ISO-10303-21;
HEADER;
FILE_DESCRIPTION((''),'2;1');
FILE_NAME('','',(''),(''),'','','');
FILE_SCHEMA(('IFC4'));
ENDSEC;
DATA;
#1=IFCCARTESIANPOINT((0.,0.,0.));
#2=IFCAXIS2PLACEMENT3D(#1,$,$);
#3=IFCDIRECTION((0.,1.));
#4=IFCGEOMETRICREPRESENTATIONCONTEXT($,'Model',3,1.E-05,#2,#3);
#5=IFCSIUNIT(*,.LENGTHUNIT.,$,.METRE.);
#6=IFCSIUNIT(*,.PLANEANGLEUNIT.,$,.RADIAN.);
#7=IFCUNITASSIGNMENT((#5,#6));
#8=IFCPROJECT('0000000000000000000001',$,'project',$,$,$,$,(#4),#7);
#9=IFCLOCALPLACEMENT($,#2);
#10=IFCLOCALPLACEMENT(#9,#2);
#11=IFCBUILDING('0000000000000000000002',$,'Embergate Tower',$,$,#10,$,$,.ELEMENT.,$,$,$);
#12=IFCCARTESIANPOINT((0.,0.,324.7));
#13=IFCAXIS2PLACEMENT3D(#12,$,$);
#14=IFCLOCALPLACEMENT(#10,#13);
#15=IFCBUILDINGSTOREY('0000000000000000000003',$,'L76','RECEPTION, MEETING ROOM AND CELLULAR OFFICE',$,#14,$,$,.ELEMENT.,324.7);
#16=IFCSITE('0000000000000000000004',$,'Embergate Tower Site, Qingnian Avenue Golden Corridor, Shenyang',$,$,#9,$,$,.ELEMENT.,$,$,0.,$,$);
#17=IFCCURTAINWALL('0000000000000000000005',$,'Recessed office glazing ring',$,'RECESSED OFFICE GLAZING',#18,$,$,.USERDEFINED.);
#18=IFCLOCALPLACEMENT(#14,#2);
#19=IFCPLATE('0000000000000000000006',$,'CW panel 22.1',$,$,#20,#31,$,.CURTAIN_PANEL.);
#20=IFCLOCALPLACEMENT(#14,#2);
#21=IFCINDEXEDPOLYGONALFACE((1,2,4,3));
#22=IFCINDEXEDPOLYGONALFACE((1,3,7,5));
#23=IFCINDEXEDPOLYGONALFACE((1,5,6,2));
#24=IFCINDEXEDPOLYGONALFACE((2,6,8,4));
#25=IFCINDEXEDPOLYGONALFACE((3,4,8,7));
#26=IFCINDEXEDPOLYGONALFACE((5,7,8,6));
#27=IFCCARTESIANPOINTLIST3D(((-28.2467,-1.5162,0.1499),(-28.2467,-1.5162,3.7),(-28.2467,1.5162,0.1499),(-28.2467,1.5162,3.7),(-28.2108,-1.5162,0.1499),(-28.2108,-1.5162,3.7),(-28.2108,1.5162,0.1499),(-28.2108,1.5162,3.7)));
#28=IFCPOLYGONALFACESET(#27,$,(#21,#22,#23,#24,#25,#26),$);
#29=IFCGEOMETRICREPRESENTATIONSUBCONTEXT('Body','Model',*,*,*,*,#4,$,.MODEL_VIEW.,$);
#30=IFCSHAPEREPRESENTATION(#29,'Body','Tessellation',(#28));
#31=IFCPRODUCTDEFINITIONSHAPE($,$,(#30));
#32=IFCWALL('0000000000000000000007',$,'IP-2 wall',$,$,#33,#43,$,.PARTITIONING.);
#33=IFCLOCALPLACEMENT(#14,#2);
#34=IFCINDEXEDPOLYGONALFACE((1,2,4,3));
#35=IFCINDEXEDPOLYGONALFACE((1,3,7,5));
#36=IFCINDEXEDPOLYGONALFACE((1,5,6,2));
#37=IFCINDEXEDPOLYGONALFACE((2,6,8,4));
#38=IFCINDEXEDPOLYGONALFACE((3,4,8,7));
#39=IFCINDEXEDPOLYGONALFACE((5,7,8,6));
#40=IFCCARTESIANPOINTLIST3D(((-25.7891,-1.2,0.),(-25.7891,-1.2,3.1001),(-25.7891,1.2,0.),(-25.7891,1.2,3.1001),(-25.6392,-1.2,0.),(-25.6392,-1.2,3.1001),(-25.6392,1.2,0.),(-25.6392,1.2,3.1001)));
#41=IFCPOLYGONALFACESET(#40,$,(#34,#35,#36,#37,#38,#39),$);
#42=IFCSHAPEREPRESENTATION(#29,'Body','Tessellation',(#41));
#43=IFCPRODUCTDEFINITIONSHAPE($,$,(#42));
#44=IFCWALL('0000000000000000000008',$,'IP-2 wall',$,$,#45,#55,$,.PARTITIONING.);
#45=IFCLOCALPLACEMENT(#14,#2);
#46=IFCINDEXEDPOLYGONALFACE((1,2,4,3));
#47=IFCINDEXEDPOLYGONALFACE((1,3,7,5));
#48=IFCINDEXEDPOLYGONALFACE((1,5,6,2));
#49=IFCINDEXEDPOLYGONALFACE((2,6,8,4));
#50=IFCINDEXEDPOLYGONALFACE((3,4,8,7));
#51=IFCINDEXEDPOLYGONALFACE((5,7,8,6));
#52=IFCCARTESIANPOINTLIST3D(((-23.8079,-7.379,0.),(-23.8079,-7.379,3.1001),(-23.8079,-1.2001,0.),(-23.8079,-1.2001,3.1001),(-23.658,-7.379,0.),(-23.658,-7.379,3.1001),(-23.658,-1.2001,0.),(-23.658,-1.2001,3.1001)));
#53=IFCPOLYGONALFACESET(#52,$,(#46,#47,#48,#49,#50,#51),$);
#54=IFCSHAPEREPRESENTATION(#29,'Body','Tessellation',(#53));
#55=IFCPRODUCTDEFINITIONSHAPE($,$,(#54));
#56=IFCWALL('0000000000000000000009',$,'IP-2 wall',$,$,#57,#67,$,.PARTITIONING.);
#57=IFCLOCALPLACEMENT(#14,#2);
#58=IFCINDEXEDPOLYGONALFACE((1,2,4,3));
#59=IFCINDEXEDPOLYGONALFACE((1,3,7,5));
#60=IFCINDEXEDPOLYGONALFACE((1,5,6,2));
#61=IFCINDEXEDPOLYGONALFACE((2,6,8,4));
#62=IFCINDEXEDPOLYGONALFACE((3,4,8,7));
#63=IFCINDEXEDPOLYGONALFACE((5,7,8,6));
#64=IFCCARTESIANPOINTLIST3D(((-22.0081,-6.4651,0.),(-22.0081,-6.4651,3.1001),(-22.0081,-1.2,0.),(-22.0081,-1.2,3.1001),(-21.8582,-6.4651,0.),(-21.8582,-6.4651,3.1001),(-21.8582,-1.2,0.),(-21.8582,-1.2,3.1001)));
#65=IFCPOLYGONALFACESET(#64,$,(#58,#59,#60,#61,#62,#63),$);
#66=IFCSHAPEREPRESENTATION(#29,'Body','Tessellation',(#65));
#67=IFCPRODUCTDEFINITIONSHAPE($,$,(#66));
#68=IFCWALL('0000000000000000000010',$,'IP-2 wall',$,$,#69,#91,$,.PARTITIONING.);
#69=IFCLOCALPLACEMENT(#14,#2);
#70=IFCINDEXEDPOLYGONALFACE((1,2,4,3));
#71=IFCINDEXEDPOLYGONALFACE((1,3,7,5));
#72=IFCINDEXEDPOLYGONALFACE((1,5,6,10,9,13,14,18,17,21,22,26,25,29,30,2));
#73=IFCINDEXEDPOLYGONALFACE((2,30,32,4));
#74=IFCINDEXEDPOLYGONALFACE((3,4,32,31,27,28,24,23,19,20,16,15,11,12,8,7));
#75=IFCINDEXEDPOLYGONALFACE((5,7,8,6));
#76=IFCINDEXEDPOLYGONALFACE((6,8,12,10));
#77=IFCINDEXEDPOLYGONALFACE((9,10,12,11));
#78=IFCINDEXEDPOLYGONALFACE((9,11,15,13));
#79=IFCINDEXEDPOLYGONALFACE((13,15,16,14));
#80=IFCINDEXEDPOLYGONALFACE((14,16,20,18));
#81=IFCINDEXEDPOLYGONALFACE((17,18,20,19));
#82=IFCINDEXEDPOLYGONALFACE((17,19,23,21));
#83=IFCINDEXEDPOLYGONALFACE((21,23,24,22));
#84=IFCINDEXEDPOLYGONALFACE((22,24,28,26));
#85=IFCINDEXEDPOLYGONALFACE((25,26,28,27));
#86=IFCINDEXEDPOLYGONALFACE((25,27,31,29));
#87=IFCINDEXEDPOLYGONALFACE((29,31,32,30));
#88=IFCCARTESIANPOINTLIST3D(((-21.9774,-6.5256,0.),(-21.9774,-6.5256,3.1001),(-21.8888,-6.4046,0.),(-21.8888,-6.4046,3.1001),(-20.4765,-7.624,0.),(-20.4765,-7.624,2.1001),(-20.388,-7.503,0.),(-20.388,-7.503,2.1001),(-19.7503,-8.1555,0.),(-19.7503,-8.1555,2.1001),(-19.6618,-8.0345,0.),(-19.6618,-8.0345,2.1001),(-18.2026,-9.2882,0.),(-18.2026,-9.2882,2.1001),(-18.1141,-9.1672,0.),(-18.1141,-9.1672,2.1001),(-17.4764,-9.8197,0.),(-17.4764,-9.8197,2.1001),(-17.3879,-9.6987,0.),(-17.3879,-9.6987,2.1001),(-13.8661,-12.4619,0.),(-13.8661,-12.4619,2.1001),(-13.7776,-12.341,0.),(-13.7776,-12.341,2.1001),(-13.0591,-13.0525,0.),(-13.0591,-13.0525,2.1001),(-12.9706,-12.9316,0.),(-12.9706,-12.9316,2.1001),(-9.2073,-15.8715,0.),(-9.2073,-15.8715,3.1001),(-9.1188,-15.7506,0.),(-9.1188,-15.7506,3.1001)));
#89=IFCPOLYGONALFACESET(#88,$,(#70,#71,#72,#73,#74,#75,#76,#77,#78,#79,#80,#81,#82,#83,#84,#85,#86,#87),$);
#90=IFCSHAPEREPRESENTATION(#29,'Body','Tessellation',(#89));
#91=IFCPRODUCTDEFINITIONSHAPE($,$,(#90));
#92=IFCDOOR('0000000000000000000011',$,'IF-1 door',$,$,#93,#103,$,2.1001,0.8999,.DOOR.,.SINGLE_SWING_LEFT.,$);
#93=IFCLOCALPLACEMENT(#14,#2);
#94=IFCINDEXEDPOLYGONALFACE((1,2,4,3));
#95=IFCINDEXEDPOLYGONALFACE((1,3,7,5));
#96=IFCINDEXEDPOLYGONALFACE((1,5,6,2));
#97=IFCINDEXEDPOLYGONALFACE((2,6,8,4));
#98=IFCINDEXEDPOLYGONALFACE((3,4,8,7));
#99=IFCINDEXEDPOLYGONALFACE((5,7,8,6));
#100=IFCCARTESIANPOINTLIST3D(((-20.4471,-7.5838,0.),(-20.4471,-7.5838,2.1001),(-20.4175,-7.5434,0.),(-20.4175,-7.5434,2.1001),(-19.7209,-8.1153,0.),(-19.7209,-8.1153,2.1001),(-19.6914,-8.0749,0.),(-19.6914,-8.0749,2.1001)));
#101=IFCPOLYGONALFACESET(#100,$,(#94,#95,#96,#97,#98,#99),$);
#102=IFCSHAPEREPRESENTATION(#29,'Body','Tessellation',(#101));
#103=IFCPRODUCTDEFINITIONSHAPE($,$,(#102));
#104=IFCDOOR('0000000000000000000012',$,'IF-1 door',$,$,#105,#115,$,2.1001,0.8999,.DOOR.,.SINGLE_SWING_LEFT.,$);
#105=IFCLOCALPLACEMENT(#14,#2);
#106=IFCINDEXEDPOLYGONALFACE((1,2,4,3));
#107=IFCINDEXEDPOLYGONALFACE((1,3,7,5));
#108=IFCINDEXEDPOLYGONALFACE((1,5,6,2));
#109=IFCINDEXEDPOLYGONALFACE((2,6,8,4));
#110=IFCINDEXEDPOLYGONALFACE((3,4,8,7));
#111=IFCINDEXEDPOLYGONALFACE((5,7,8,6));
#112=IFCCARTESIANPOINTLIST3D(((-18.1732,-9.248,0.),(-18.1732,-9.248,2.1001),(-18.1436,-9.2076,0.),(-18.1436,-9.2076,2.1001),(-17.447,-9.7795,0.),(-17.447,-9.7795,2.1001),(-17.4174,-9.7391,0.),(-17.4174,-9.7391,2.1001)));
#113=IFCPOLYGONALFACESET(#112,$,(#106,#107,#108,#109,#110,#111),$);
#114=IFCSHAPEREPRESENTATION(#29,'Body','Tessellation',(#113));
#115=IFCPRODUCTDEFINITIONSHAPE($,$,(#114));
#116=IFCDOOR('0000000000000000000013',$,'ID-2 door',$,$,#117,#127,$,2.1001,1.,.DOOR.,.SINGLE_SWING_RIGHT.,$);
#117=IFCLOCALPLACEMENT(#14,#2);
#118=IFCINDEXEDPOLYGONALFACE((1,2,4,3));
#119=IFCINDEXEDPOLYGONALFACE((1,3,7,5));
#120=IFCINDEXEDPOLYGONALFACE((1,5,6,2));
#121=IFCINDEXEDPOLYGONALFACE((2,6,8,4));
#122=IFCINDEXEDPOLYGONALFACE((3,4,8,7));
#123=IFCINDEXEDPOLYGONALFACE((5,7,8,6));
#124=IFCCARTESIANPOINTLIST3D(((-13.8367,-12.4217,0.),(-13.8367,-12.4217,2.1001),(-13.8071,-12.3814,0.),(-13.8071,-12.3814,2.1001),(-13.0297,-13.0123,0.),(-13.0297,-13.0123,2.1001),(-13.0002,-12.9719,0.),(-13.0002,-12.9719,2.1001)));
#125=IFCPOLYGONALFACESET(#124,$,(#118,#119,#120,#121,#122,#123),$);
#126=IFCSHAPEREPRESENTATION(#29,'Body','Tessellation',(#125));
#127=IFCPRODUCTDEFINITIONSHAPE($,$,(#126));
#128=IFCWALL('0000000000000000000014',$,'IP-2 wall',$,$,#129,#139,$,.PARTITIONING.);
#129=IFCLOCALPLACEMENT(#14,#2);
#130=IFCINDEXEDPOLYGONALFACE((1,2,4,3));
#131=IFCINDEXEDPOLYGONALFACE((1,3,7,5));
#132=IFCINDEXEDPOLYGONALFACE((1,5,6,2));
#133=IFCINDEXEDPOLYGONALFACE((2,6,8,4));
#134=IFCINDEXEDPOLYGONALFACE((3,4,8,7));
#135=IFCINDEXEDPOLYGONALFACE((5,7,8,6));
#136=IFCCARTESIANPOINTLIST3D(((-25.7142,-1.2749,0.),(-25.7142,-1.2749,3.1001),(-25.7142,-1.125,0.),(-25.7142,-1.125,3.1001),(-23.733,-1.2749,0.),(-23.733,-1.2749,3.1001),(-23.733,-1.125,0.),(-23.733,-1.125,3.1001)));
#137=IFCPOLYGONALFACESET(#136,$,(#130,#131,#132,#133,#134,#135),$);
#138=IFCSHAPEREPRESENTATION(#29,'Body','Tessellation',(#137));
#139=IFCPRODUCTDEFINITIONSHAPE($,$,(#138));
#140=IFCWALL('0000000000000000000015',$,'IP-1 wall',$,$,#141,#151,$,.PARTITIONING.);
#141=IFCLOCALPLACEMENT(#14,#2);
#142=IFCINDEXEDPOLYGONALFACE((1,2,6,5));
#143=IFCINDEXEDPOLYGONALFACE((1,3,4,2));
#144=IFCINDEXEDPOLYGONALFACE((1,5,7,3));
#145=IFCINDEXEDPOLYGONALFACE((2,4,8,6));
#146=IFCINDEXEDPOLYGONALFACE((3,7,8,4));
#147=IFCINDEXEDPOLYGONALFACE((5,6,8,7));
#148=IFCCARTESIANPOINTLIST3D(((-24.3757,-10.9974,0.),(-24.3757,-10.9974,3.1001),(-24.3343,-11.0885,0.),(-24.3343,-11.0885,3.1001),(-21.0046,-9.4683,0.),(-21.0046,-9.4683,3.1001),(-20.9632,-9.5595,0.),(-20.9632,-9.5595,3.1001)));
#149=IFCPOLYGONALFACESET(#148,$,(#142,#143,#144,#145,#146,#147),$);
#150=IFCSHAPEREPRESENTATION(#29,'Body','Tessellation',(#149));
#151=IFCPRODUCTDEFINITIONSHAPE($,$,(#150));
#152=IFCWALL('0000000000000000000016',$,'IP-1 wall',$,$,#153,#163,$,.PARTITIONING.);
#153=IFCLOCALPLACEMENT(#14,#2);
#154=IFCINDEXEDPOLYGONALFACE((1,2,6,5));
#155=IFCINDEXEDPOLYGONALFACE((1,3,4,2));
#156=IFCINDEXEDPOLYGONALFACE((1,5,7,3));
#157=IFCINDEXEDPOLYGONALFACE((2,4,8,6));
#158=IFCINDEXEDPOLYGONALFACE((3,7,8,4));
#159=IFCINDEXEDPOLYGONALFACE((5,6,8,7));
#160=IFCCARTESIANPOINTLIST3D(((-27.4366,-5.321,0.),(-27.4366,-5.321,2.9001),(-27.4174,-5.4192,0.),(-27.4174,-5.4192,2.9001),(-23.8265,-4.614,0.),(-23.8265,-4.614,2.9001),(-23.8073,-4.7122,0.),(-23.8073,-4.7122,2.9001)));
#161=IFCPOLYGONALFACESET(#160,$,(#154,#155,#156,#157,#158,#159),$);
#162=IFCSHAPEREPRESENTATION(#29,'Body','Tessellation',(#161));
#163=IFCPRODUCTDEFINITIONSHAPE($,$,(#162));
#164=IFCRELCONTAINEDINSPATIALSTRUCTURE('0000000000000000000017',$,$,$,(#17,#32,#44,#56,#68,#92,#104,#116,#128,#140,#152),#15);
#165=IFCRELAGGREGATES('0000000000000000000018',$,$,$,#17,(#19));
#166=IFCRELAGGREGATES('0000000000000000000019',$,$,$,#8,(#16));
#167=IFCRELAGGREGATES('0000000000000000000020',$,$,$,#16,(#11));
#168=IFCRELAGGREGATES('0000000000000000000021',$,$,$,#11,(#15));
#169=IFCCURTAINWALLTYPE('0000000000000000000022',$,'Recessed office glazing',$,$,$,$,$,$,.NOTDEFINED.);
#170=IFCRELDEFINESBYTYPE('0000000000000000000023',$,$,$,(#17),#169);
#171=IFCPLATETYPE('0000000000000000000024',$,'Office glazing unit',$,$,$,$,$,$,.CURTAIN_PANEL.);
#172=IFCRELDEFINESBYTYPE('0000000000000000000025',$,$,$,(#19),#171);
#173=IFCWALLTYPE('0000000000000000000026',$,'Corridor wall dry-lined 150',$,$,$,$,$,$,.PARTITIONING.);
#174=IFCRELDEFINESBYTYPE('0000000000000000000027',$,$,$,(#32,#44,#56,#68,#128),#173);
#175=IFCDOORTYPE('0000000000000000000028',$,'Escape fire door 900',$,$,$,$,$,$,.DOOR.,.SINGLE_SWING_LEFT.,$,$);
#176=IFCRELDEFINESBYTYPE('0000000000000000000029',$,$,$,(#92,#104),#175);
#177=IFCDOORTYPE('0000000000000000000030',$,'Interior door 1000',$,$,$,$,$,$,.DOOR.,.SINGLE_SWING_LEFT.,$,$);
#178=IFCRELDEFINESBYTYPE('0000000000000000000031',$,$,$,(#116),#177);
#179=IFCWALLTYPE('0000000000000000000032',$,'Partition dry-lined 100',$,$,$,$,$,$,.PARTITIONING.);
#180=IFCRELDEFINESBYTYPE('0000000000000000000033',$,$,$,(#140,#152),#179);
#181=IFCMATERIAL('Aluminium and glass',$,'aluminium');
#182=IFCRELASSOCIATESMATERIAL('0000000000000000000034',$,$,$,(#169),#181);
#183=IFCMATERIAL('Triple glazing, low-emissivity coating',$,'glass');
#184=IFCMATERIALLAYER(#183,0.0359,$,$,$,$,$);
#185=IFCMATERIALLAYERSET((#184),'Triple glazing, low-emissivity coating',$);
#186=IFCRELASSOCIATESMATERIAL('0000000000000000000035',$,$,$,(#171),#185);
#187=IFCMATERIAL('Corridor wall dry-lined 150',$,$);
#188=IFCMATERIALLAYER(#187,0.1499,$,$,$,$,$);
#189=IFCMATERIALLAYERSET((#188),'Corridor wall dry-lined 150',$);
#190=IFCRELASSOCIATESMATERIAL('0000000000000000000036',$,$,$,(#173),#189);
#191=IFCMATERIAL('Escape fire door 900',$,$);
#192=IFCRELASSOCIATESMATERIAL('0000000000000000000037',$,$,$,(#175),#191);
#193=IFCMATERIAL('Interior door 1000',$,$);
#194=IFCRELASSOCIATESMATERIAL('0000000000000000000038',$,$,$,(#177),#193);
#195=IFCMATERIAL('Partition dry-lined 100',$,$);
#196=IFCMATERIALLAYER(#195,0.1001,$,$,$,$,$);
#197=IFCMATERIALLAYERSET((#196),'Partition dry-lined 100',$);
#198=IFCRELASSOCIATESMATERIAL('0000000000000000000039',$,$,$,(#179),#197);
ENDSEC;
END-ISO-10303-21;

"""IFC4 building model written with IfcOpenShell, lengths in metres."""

from ifc_helpers import new_model, si_unit, direction, frame, frame_2d, origin, origin_2d, place, context, subcontext, project, spatial, rectangle, extrude, source, transform, mapped, material, layer, layer_set, type_object, element, fill, aggregate, save


model = new_model("IFC4")

# Units and contexts
model_context = context("Model", 3, precision=1e-05, world=origin(), true_north=direction((0.0, 1.0)))
body_context = subcontext(model_context, "Body", "Model", "MODEL_VIEW")
ifc_project = project(units=[si_unit("LENGTHUNIT", "METRE"), si_unit("PLANEANGLEUNIT", "RADIAN")], contexts=[model_context])

# Site, building, storey
site_placement = place(None, origin())
site = spatial("IfcSite", under=ifc_project, at=site_placement, Name="Embergate Tower Site, Qingnian Avenue Golden Corridor, Shenyang", CompositionType="ELEMENT", RefElevation=0.0)
building_placement = place(site_placement, origin())
building = spatial("IfcBuilding", under=site, at=building_placement, Name="Embergate Tower", CompositionType="ELEMENT")
storey_placement = place(building_placement, frame((0.0, 0.0, 324.7)))
storey = spatial("IfcBuildingStorey", under=building, at=storey_placement, Name="L76", Description="RECEPTION, MEETING ROOM AND CELLULAR OFFICE", CompositionType="ELEMENT", Elevation=324.7)

# Curtain wall, plate
ifc_material_1 = material(Name="Aluminium and glass", Category="aluminium")
curtain_wall_type = type_object("IfcCurtainWallType", Name="Recessed office glazing", PredefinedType="NOTDEFINED", material=ifc_material_1)
curtain_wall_placement = place(storey_placement, origin())
curtain_wall = element("IfcCurtainWall", 1, at=curtain_wall_placement, inside=storey, type_object=curtain_wall_type, Name="Recessed office glazing ring", ObjectType="RECESSED OFFICE GLAZING", PredefinedType="USERDEFINED")
ifc_material_2 = material(Name="Triple glazing, low-emissivity coating", Category="glass")
ifc_layer_1 = layer(ifc_material_2, 0.0359)
ifc_layer_set_1 = layer_set([ifc_layer_1], Name="Triple glazing, low-emissivity coating")
plate_type = type_object("IfcPlateType", Name="Office glazing unit", PredefinedType="CURTAIN_PANEL", material=ifc_layer_set_1)
shared_shape_1 = source(origin(), body_context, "Body", "SweptSolid", [
    extrude(rectangle(XDim=3.0325, YDim=0.0359, at=origin_2d()), origin(), (0.0, 0.0, 1.0), 3.55),
])
plate_1_placement = place(storey_placement, frame((-28.2288, 0.0, 0.1499), z_axis=(0.0, 0.0, 1.0), x_axis=(0.0, -1.0, 0.0)))
plate_1 = element("IfcPlate", 2, at=plate_1_placement, type_object=plate_type, Name="CW panel 22.1", PredefinedType="CURTAIN_PANEL", context=body_context, shape_type="MappedRepresentation", body=[
    mapped(shared_shape_1, transform((0.0, 0.0, 0.0))),
])
aggregate(curtain_wall, [plate_1])

# Walls
ifc_material_3 = material(Name="Corridor wall dry-lined 150")
ifc_layer_2 = layer(ifc_material_3, 0.1499)
ifc_layer_set_2 = layer_set([ifc_layer_2], Name="Corridor wall dry-lined 150")
wall_type_1 = type_object("IfcWallType", Name="Corridor wall dry-lined 150", PredefinedType="PARTITIONING", material=ifc_layer_set_2)
shared_shape_2 = source(origin(), body_context, "Body", "SweptSolid", [
    extrude(rectangle(XDim=2.3999, YDim=0.1499, at=frame_2d((1.2, 0.0))), origin(), (0.0, 0.0, 1.0), 3.1001),
])
wall_1_placement = place(storey_placement, frame((-25.7141, -1.2, 0.0), z_axis=(0.0, 0.0, 1.0), x_axis=(0.0, 1.0, 0.0)))
element("IfcWall", 3, at=wall_1_placement, inside=storey, type_object=wall_type_1, Name="IP-2 wall", PredefinedType="PARTITIONING", context=body_context, shape_type="MappedRepresentation", body=[
    mapped(shared_shape_2, transform((0.0, 0.0, 0.0))),
])
shared_shape_3 = source(origin(), body_context, "Body", "SweptSolid", [
    extrude(rectangle(XDim=6.179, YDim=0.1499, at=frame_2d((3.0894, 0.0))), origin(), (0.0, 0.0, 1.0), 3.1001),
])
wall_2_placement = place(storey_placement, frame((-23.7329, -7.3789, 0.0), z_axis=(0.0, 0.0, 1.0), x_axis=(0.0, 1.0, 0.0)))
element("IfcWall", 4, at=wall_2_placement, inside=storey, type_object=wall_type_1, Name="IP-2 wall", PredefinedType="PARTITIONING", context=body_context, shape_type="MappedRepresentation", body=[
    mapped(shared_shape_3, transform((0.0, 0.0, 0.0))),
])
shared_shape_4 = source(origin(), body_context, "Body", "SweptSolid", [
    extrude(rectangle(XDim=5.2651, YDim=0.1499, at=frame_2d((2.6326, 0.0))), origin(), (0.0, 0.0, 1.0), 3.1001),
])
wall_3_placement = place(storey_placement, frame((-21.9331, -1.2, 0.0), z_axis=(0.0, 0.0, 1.0), x_axis=(0.0, -1.0, 0.0)))
element("IfcWall", 5, at=wall_3_placement, inside=storey, type_object=wall_type_1, Name="IP-2 wall", PredefinedType="PARTITIONING", context=body_context, shape_type="MappedRepresentation", body=[
    mapped(shared_shape_4, transform((0.0, 0.0, 0.0))),
])

# Wall, openings, doors
shared_shape_5 = source(origin(), body_context, "Body", "SweptSolid", [
    extrude(rectangle(XDim=15.8247, YDim=0.1499, at=frame_2d((7.9124, 0.0))), origin(), (0.0, 0.0, 1.0), 3.1001),
])
wall_4_placement = place(storey_placement, frame((-21.9331, -6.4651, 0.0), z_axis=(0.0, 0.0, 1.0), x_axis=(0.806969, -0.590594, 0.0)))
wall_4 = element("IfcWall", 6, at=wall_4_placement, inside=storey, type_object=wall_type_1, Name="IP-2 wall", PredefinedType="PARTITIONING", context=body_context, shape_type="MappedRepresentation", body=[
    mapped(shared_shape_5, transform((0.0, 0.0, 0.0))),
])
shared_shape_6 = source(origin(), body_context, "Body", "SweptSolid", [
    extrude(rectangle(XDim=0.8999, YDim=2.1001, at=frame_2d((0.45, 1.05))), frame((0.0, 0.085, 0.0), z_axis=(0.0, -1.0, 0.0), x_axis=(1.0, 0.0, 0.0)), (0.0, 0.0, 1.0), 0.1699),
])
opening_1_placement = place(wall_4_placement, frame((1.8599, 0.0, 0.0)))
opening_1 = element("IfcOpeningElement", 7, at=opening_1_placement, cuts=wall_4, PredefinedType="OPENING", context=body_context, shape_type="MappedRepresentation", body=[
    mapped(shared_shape_6, transform((0.0, 0.0, 0.0))),
])
opening_2_placement = place(wall_4_placement, frame((4.6777, 0.0, 0.0)))
opening_2 = element("IfcOpeningElement", 8, at=opening_2_placement, cuts=wall_4, PredefinedType="OPENING", context=body_context, shape_type="MappedRepresentation", body=[
    mapped(shared_shape_6, transform((0.0, 0.0, 0.0))),
])
shared_shape_7 = source(origin(), body_context, "Body", "SweptSolid", [
    extrude(rectangle(XDim=1.0, YDim=2.1001, at=frame_2d((0.5, 1.05))), frame((0.0, 0.085, 0.0), z_axis=(0.0, -1.0, 0.0), x_axis=(1.0, 0.0, 0.0)), (0.0, 0.0, 1.0), 0.1699),
])
opening_3_placement = place(wall_4_placement, frame((10.0515, 0.0, 0.0)))
opening_3 = element("IfcOpeningElement", 9, at=opening_3_placement, cuts=wall_4, PredefinedType="OPENING", context=body_context, shape_type="MappedRepresentation", body=[
    mapped(shared_shape_7, transform((0.0, 0.0, 0.0))),
])
ifc_material_4 = material(Name="Escape fire door 900")
door_type_1 = type_object("IfcDoorType", Name="Escape fire door 900", OperationType="SINGLE_SWING_LEFT", PredefinedType="DOOR", material=ifc_material_4)
shared_shape_8 = source(origin(), body_context, "Body", "SweptSolid", [
    extrude(rectangle(XDim=0.8999, YDim=2.1001, at=frame_2d((0.45, 1.05))), frame((0.0, 0.0249, 0.0), z_axis=(0.0, -1.0, 0.0), x_axis=(1.0, 0.0, 0.0)), (0.0, 0.0, 1.0), 0.05),
])
door_1_placement = place(opening_1_placement, origin())
door_1 = element("IfcDoor", 10, at=door_1_placement, inside=storey, type_object=door_type_1, Name="IF-1 door", OperationType="SINGLE_SWING_LEFT", OverallHeight=2.1001, OverallWidth=0.8999, PredefinedType="DOOR", context=body_context, shape_type="MappedRepresentation", body=[
    mapped(shared_shape_8, transform((0.0, 0.0, 0.0))),
])
fill(opening_1, door_1)
door_2_placement = place(opening_2_placement, origin())
door_2 = element("IfcDoor", 11, at=door_2_placement, inside=storey, type_object=door_type_1, Name="IF-1 door", OperationType="SINGLE_SWING_LEFT", OverallHeight=2.1001, OverallWidth=0.8999, PredefinedType="DOOR", context=body_context, shape_type="MappedRepresentation", body=[
    mapped(shared_shape_8, transform((0.0, 0.0, 0.0))),
])
fill(opening_2, door_2)
ifc_material_5 = material(Name="Interior door 1000")
door_type_2 = type_object("IfcDoorType", Name="Interior door 1000", OperationType="SINGLE_SWING_LEFT", PredefinedType="DOOR", material=ifc_material_5)
shared_shape_9 = source(origin(), body_context, "Body", "SweptSolid", [
    extrude(rectangle(XDim=1.0, YDim=2.1001, at=frame_2d((0.5, 1.05))), frame((0.0, 0.0249, 0.0), z_axis=(0.0, -1.0, 0.0), x_axis=(1.0, 0.0, 0.0)), (0.0, 0.0, 1.0), 0.05),
])
door_3_placement = place(opening_3_placement, origin())
door_3 = element("IfcDoor", 12, at=door_3_placement, inside=storey, type_object=door_type_2, Name="ID-2 door", OperationType="SINGLE_SWING_RIGHT", OverallHeight=2.1001, OverallWidth=1.0, PredefinedType="DOOR", context=body_context, shape_type="MappedRepresentation", body=[
    mapped(shared_shape_9, transform((0.0, 0.0, 0.0))),
])
fill(opening_3, door_3)

# Walls
shared_shape_10 = source(origin(), body_context, "Body", "SweptSolid", [
    extrude(rectangle(XDim=1.9812, YDim=0.1499, at=frame_2d((0.9907, 0.0))), origin(), (0.0, 0.0, 1.0), 3.1001),
])
wall_5_placement = place(storey_placement, frame((-23.7329, -1.2, 0.0), z_axis=(0.0, 0.0, 1.0), x_axis=(-1.0, 0.0, 0.0)))
element("IfcWall", 13, at=wall_5_placement, inside=storey, type_object=wall_type_1, Name="IP-2 wall", PredefinedType="PARTITIONING", context=body_context, shape_type="MappedRepresentation", body=[
    mapped(shared_shape_10, transform((0.0, 0.0, 0.0))),
])
ifc_material_6 = material(Name="Partition dry-lined 100")
ifc_layer_3 = layer(ifc_material_6, 0.1001)
ifc_layer_set_3 = layer_set([ifc_layer_3], Name="Partition dry-lined 100")
wall_type_2 = type_object("IfcWallType", Name="Partition dry-lined 100", PredefinedType="PARTITIONING", material=ifc_layer_set_3)
shared_shape_11 = source(origin(), body_context, "Body", "SweptSolid", [
    extrude(rectangle(XDim=3.7017, YDim=0.1001, at=frame_2d((1.8508, 0.0))), origin(), (0.0, 0.0, 1.0), 3.1001),
])
wall_6_placement = place(storey_placement, frame((-20.9839, -9.5139, 0.0), z_axis=(0.0, 0.0, 1.0), x_axis=(-0.910698, -0.413072, 0.0)))
element("IfcWall", 14, at=wall_6_placement, inside=storey, type_object=wall_type_2, Name="IP-1 wall", PredefinedType="PARTITIONING", context=body_context, shape_type="MappedRepresentation", body=[
    mapped(shared_shape_11, transform((0.0, 0.0, 0.0))),
])
shared_shape_12 = source(origin(), body_context, "Body", "SweptSolid", [
    extrude(rectangle(XDim=3.6787, YDim=0.1001, at=frame_2d((1.8394, 0.0))), origin(), (0.0, 0.0, 1.0), 2.9001),
])
wall_7_placement = place(storey_placement, frame((-23.8169, -4.6631, 0.0), z_axis=(0.0, 0.0, 1.0), x_axis=(-0.981356, -0.192196, 0.0)))
element("IfcWall", 15, at=wall_7_placement, inside=storey, type_object=wall_type_2, Name="IP-1 wall", PredefinedType="PARTITIONING", context=body_context, shape_type="MappedRepresentation", body=[
    mapped(shared_shape_12, transform((0.0, 0.0, 0.0))),
])

save(model, "model.ifc")
